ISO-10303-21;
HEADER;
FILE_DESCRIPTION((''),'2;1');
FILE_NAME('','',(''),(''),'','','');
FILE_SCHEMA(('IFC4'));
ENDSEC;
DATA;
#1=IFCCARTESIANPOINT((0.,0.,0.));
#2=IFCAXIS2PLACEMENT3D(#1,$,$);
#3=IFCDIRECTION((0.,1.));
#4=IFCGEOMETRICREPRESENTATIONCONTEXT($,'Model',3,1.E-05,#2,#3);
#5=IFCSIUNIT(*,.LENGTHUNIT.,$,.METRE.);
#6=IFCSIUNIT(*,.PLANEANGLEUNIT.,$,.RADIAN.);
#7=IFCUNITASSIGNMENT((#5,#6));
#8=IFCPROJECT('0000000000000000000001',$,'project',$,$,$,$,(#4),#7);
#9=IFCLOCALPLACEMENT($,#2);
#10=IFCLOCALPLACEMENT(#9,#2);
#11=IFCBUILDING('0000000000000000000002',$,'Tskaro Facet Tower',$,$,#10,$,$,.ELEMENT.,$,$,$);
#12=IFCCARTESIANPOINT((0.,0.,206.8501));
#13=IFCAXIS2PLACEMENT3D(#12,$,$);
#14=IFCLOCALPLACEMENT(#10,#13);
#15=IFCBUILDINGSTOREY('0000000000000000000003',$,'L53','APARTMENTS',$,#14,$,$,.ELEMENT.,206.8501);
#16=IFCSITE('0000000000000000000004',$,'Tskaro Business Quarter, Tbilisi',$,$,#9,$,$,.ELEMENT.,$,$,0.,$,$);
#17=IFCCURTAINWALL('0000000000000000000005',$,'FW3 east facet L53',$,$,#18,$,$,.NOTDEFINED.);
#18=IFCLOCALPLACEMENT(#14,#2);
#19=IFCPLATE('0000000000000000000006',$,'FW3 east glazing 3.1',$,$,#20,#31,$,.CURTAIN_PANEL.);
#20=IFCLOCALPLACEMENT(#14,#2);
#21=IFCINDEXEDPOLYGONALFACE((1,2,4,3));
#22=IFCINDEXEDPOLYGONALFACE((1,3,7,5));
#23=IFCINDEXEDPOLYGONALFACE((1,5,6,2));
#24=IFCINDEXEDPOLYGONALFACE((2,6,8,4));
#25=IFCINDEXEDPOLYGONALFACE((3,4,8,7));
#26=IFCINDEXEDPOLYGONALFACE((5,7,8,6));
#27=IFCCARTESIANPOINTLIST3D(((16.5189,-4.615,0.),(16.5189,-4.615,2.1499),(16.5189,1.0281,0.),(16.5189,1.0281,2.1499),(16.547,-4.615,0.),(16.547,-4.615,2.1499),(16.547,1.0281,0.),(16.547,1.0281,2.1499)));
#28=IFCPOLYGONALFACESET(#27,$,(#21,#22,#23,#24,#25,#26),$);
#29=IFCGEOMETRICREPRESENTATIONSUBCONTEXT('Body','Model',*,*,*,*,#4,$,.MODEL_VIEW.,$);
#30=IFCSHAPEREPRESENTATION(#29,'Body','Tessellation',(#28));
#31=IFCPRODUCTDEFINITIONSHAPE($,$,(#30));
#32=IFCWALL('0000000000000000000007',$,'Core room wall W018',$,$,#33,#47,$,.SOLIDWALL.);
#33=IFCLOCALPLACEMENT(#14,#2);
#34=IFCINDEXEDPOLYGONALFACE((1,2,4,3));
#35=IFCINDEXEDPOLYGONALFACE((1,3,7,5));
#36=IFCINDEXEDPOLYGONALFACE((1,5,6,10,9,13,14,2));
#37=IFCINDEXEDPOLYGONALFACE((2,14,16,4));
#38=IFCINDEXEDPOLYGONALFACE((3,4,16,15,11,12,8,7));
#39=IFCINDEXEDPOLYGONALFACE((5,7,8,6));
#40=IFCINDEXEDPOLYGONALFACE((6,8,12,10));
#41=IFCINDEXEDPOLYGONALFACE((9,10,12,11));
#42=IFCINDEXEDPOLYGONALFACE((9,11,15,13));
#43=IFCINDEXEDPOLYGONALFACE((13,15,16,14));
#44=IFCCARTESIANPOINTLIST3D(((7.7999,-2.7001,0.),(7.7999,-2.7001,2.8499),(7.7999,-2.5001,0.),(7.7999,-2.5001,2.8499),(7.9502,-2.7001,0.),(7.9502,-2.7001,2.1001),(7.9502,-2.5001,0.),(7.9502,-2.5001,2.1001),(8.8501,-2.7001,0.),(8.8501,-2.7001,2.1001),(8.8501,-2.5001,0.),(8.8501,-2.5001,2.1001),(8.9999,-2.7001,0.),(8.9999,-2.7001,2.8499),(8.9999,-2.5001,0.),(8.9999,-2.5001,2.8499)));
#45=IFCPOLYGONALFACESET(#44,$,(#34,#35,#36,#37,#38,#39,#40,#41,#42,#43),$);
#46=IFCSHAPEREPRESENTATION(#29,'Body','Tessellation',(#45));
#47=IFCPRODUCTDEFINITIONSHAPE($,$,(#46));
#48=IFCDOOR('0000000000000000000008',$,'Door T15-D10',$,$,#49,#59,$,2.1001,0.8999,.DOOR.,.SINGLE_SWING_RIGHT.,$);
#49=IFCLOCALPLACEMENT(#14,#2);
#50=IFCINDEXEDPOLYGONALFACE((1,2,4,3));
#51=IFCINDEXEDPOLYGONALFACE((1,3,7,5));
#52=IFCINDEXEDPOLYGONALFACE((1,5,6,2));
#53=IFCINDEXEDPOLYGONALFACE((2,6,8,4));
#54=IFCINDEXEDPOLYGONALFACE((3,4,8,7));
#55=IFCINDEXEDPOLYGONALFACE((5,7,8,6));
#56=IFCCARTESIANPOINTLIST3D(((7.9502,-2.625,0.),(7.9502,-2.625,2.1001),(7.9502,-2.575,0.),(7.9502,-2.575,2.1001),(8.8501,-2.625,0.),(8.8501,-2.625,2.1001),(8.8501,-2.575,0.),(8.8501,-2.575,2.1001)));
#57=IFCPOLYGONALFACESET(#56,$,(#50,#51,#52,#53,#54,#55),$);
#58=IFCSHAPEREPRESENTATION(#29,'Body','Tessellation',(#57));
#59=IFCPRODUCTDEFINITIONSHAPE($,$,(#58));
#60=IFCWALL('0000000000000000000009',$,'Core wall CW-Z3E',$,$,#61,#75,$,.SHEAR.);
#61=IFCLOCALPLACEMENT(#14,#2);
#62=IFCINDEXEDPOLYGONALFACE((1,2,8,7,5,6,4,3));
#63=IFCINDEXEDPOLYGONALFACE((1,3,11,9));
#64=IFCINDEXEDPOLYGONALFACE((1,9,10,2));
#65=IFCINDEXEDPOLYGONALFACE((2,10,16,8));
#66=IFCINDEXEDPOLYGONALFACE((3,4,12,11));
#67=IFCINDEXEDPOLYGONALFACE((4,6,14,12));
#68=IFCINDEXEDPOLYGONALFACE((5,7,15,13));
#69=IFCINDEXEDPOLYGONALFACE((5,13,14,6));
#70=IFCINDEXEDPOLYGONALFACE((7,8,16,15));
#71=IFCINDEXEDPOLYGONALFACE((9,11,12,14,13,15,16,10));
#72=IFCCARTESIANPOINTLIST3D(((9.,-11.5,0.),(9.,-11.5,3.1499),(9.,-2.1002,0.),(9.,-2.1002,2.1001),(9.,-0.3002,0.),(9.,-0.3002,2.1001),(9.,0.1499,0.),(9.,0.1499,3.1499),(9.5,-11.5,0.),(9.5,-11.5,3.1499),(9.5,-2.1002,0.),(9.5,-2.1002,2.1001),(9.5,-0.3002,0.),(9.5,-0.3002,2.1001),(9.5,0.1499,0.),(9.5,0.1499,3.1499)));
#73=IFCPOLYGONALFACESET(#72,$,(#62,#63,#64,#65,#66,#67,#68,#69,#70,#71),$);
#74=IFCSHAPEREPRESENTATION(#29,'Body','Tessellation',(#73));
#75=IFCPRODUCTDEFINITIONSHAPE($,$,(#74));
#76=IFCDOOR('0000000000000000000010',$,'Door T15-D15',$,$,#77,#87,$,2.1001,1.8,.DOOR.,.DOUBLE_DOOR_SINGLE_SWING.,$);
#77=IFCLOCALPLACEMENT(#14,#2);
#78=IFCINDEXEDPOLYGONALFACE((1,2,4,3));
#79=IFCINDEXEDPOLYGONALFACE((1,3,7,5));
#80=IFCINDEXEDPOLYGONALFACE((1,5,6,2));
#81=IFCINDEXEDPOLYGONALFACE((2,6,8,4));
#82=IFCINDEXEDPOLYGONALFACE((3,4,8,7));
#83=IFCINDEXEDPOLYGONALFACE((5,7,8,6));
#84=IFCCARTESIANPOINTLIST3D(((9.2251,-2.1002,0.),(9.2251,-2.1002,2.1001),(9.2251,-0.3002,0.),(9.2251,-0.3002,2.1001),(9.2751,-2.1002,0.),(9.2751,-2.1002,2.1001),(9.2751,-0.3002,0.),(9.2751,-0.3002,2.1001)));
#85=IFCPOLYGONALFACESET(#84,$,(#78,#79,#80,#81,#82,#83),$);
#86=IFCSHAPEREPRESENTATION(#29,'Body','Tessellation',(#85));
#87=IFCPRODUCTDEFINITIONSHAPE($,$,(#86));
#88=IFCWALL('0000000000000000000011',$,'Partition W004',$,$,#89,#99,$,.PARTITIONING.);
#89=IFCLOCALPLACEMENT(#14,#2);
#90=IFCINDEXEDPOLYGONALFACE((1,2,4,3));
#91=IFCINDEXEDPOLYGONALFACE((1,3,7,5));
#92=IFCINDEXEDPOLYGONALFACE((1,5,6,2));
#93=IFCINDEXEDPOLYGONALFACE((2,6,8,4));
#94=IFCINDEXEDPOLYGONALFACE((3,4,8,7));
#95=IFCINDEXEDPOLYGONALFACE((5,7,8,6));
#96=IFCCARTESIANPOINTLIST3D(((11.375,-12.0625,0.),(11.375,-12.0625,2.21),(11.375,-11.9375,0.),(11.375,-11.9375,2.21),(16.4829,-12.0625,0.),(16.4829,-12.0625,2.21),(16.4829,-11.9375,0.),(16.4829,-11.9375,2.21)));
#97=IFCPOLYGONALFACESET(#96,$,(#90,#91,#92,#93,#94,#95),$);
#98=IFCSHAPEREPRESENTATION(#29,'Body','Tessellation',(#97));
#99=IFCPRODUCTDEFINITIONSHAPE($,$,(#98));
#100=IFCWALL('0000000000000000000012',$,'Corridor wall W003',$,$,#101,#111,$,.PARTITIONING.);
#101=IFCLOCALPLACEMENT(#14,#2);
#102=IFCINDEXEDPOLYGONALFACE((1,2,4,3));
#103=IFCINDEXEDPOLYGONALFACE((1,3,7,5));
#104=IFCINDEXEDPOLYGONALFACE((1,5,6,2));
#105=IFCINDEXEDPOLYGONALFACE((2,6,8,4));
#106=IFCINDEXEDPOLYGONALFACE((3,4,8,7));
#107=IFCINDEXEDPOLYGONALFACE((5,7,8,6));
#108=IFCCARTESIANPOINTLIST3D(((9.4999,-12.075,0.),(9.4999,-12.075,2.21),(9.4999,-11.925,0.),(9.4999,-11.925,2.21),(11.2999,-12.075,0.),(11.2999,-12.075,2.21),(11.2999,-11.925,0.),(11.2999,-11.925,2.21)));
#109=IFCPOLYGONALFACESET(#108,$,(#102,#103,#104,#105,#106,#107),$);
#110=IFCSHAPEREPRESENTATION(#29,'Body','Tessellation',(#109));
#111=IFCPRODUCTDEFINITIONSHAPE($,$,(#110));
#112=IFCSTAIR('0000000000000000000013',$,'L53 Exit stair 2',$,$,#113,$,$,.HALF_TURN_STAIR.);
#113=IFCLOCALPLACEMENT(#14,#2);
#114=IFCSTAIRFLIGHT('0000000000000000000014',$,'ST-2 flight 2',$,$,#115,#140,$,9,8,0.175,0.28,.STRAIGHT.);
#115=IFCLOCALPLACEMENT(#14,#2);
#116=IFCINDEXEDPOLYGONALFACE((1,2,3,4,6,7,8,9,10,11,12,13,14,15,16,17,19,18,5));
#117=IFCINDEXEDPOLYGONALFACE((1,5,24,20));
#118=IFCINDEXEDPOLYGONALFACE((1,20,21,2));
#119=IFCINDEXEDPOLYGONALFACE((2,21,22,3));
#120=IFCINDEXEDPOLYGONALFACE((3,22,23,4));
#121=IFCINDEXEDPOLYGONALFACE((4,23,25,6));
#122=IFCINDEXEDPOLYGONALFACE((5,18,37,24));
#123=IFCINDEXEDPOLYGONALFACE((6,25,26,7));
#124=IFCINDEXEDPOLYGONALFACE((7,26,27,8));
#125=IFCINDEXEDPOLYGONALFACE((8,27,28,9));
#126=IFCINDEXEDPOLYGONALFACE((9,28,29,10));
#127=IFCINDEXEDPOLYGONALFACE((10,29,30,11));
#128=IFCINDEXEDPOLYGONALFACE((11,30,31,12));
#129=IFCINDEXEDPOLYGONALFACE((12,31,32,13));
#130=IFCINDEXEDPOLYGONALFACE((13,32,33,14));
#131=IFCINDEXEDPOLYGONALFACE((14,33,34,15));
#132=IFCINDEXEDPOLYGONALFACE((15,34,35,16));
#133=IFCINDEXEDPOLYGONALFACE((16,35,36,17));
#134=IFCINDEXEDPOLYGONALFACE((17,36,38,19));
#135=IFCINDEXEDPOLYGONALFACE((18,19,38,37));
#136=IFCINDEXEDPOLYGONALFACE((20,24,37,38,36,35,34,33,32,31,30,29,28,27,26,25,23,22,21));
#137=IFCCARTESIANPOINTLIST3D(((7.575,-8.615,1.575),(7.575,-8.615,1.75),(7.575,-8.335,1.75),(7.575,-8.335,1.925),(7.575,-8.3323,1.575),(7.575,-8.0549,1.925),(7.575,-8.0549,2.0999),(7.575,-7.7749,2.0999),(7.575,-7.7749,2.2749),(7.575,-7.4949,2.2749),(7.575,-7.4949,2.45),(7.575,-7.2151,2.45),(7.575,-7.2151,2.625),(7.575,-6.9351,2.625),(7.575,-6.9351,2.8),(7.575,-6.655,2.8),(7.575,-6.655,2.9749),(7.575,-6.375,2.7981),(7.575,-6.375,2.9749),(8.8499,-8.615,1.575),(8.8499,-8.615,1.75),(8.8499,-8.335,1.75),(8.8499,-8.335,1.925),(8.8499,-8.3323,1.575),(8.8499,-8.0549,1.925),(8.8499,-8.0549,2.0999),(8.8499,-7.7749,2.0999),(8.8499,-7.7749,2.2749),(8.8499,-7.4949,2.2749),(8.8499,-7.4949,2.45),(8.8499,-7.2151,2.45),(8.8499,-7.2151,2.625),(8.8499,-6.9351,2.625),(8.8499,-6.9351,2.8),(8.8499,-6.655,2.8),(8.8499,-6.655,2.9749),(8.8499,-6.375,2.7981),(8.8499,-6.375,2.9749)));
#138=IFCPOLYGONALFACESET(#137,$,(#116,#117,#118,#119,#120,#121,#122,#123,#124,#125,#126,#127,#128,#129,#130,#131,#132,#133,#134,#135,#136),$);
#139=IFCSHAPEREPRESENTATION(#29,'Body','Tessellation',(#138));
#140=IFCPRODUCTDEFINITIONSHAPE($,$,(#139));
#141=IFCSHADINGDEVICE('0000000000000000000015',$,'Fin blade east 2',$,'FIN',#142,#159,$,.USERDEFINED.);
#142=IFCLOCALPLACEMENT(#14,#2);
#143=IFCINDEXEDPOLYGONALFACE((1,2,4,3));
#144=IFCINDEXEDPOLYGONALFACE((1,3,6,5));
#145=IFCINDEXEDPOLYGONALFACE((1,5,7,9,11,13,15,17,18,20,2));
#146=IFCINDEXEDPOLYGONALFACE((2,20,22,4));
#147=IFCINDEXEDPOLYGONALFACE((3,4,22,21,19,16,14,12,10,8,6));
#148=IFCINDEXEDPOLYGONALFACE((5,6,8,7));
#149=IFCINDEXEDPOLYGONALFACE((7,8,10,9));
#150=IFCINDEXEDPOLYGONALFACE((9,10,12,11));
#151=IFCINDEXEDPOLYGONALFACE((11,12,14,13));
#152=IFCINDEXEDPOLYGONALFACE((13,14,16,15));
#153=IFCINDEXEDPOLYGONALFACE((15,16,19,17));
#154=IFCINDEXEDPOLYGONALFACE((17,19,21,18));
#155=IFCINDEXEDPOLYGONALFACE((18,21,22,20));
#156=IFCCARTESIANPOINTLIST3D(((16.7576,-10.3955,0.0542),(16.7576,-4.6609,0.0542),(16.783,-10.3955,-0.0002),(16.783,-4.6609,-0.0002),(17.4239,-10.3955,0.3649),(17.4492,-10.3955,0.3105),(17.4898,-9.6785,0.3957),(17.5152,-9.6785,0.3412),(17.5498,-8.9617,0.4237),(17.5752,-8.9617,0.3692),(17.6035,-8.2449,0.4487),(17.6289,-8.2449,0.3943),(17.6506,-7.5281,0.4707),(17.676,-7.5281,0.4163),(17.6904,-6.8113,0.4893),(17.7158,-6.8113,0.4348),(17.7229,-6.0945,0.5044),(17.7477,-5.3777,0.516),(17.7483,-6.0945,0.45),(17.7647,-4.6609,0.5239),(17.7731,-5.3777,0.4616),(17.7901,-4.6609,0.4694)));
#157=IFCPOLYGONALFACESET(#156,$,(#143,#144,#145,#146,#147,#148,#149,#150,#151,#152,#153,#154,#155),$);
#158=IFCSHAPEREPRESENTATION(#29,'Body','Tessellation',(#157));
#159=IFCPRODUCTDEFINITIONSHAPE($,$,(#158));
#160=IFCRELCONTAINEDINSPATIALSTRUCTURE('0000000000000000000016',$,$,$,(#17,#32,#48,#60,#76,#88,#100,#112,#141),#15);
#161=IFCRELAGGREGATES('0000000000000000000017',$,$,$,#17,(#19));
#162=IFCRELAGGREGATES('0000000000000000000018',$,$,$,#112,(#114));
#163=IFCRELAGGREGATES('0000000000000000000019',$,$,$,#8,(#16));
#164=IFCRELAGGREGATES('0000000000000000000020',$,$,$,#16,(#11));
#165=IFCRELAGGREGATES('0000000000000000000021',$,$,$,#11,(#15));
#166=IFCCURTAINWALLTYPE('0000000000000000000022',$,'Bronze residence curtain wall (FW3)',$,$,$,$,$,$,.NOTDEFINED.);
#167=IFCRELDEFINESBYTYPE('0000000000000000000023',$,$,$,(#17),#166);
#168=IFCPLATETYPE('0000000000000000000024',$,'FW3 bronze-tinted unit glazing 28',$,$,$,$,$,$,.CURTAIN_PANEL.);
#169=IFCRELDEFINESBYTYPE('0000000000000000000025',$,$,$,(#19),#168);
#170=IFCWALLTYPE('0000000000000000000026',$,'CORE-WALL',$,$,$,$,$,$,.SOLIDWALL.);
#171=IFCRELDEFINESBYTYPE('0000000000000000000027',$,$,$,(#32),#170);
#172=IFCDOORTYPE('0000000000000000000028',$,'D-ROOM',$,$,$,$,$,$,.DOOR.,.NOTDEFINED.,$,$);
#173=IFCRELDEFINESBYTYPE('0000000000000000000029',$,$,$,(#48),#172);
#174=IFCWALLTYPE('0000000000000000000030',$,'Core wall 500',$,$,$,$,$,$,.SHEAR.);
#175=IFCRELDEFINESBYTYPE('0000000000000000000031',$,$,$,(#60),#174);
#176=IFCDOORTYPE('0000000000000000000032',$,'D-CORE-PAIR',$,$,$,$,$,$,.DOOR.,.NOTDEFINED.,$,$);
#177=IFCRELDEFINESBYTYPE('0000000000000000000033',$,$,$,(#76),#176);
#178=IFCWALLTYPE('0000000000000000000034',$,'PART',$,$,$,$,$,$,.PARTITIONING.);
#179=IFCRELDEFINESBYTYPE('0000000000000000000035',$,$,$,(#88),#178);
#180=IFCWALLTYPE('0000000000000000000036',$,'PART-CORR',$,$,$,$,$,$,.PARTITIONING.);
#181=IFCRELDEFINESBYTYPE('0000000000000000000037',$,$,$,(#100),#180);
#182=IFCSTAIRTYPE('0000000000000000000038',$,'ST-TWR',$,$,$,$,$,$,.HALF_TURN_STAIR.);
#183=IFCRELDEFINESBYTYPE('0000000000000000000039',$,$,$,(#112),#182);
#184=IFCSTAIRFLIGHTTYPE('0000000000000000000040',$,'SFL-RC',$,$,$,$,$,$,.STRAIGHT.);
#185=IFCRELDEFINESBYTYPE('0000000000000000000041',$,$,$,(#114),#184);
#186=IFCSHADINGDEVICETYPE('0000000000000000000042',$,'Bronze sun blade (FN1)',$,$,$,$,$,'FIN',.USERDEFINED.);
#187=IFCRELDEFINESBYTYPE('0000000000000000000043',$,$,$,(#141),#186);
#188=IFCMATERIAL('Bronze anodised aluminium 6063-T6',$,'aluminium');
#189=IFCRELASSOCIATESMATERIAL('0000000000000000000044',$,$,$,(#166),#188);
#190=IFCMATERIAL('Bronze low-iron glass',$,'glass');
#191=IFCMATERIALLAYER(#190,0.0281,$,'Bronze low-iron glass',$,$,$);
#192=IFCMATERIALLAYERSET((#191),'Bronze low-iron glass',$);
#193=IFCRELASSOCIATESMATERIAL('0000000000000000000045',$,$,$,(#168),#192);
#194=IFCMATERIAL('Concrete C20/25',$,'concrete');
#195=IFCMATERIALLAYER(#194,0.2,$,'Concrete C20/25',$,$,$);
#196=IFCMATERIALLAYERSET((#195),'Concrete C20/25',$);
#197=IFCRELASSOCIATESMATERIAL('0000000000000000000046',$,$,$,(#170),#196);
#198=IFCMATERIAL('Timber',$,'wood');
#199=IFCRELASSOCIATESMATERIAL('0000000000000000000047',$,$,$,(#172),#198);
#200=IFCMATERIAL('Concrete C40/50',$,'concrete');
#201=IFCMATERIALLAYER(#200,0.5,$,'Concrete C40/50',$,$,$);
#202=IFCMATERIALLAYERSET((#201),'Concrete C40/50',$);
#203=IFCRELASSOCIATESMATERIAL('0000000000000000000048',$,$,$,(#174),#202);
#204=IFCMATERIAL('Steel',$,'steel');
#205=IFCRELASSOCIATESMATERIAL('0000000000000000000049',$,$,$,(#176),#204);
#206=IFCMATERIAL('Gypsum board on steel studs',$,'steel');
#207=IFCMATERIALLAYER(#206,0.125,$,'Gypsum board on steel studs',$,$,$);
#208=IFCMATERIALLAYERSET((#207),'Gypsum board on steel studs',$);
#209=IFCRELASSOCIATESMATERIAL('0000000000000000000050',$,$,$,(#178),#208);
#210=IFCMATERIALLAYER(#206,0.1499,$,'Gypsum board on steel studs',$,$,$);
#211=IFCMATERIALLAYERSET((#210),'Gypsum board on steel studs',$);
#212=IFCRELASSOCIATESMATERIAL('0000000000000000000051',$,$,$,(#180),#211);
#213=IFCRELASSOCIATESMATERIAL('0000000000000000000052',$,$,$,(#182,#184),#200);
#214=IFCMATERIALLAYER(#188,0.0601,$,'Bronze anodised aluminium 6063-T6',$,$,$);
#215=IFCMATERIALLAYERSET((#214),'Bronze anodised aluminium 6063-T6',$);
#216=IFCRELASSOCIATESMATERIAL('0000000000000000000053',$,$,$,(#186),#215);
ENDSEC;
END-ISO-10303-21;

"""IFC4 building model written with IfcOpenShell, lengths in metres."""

from ifc_helpers import new_model, si_unit, direction, frame, frame_2d, origin, origin_2d, place, context, subcontext, project, spatial, polyline, rectangle, outline, extrude, material, layer, layer_set, type_object, element, fill, aggregate, save


model = new_model("IFC4")

# Units and contexts
model_context = context("Model", 3, precision=1e-05, world=origin(), true_north=direction((0.0, 1.0)))
body_context = subcontext(model_context, "Body", "Model", "MODEL_VIEW")
ifc_project = project(units=[si_unit("LENGTHUNIT", "METRE"), si_unit("PLANEANGLEUNIT", "RADIAN")], contexts=[model_context])

# Site, building, storey
site_placement = place(None, origin())
site = spatial("IfcSite", under=ifc_project, at=site_placement, Name="Tskaro Business Quarter, Tbilisi", CompositionType="ELEMENT", RefElevation=0.0)
building_placement = place(site_placement, origin())
building = spatial("IfcBuilding", under=site, at=building_placement, Name="Tskaro Facet Tower", CompositionType="ELEMENT")
storey_placement = place(building_placement, frame((0.0, 0.0, 206.8501)))
storey = spatial("IfcBuildingStorey", under=building, at=storey_placement, Name="L53", Description="APARTMENTS", CompositionType="ELEMENT", Elevation=206.8501)

# Curtain wall
ifc_material_1 = material(Name="Bronze anodised aluminium 6063-T6", Category="aluminium")
curtain_wall_type = type_object("IfcCurtainWallType", Name="Bronze residence curtain wall (FW3)", PredefinedType="NOTDEFINED", material=ifc_material_1)
curtain_wall_placement = place(storey_placement, origin())
curtain_wall = element("IfcCurtainWall", 1, at=curtain_wall_placement, inside=storey, type_object=curtain_wall_type, Name="FW3 east facet L53", PredefinedType="NOTDEFINED")

# Plate
ifc_material_2 = material(Name="Bronze low-iron glass", Category="glass")
ifc_layer_1 = layer(ifc_material_2, 0.0281, Name="Bronze low-iron glass")
ifc_layer_set_1 = layer_set([ifc_layer_1], Name="Bronze low-iron glass")
plate_type = type_object("IfcPlateType", Name="FW3 bronze-tinted unit glazing 28", PredefinedType="CURTAIN_PANEL", material=ifc_layer_set_1)
plate_1_placement = place(storey_placement, frame((16.533, -1.7935, 0.0), z_axis=(0.0, 0.0, 1.0), x_axis=(0.0, 1.0, 0.0)))
plate_1 = element("IfcPlate", 2, at=plate_1_placement, type_object=plate_type, Name="FW3 east glazing 3.1", PredefinedType="CURTAIN_PANEL", context=body_context, shape_type="SweptSolid", body=[
    extrude(rectangle(XDim=5.6431, YDim=0.0281, at=origin_2d()), origin(), (0.0, 0.0, 1.0), 2.1499),
])
aggregate(curtain_wall, [plate_1])

# Walls, openings, doors
ifc_material_3 = material(Name="Concrete C20/25", Category="concrete")
ifc_layer_2 = layer(ifc_material_3, 0.2, Name="Concrete C20/25")
ifc_layer_set_2 = layer_set([ifc_layer_2], Name="Concrete C20/25")
wall_type_1 = type_object("IfcWallType", Name="CORE-WALL", PredefinedType="SOLIDWALL", material=ifc_layer_set_2)
wall_1_placement = place(storey_placement, frame((9.0, -2.6001, 0.0), z_axis=(0.0, 0.0, 1.0), x_axis=(-1.0, 0.0, 0.0)))
wall_1 = element("IfcWall", 3, at=wall_1_placement, inside=storey, type_object=wall_type_1, Name="Core room wall W018", PredefinedType="SOLIDWALL", context=body_context, shape_type="SweptSolid", body=[
    extrude(rectangle(XDim=1.2, YDim=0.2, at=frame_2d((0.6001, 0.0))), origin(), (0.0, 0.0, 1.0), 2.8499),
])
opening_1_placement = place(wall_1_placement, frame((0.1499, 0.0, 0.0)))
opening_1 = element("IfcOpeningElement", 4, at=opening_1_placement, cuts=wall_1, PredefinedType="OPENING", context=body_context, shape_type="SweptSolid", body=[
    extrude(rectangle(XDim=0.8999, YDim=2.1001, at=frame_2d((0.45, 1.05))), frame((0.0, 0.1099, 0.0), z_axis=(0.0, -1.0, 0.0), x_axis=(1.0, 0.0, 0.0)), (0.0, 0.0, 1.0), 0.22),
])
ifc_material_4 = material(Name="Timber", Category="wood")
door_type_1 = type_object("IfcDoorType", Name="D-ROOM", OperationType="NOTDEFINED", PredefinedType="DOOR", material=ifc_material_4)
door_1_placement = place(opening_1_placement, origin())
door_1 = element("IfcDoor", 5, at=door_1_placement, inside=storey, type_object=door_type_1, Name="Door T15-D10", OperationType="SINGLE_SWING_RIGHT", OverallHeight=2.1001, OverallWidth=0.8999, PredefinedType="DOOR", context=body_context, shape_type="SweptSolid", body=[
    extrude(rectangle(XDim=0.8999, YDim=2.1001, at=frame_2d((0.45, 1.05))), frame((0.0, 0.0249, 0.0), z_axis=(0.0, -1.0, 0.0), x_axis=(1.0, 0.0, 0.0)), (0.0, 0.0, 1.0), 0.05),
])
fill(opening_1, door_1)
ifc_material_5 = material(Name="Concrete C40/50", Category="concrete")
ifc_layer_3 = layer(ifc_material_5, 0.5, Name="Concrete C40/50")
ifc_layer_set_3 = layer_set([ifc_layer_3], Name="Concrete C40/50")
wall_type_2 = type_object("IfcWallType", Name="Core wall 500", PredefinedType="SHEAR", material=ifc_layer_set_3)
wall_2_placement = place(storey_placement, frame((9.25, -11.5, 0.0), z_axis=(0.0, 0.0, 1.0), x_axis=(0.0, 1.0, 0.0)))
wall_2 = element("IfcWall", 6, at=wall_2_placement, inside=storey, type_object=wall_type_2, Name="Core wall CW-Z3E", PredefinedType="SHEAR", context=body_context, shape_type="SweptSolid", body=[
    extrude(rectangle(XDim=11.6499, YDim=0.5, at=frame_2d((5.825, 0.0))), origin(), (0.0, 0.0, 1.0), 3.1499),
])
opening_2_placement = place(wall_2_placement, frame((9.3999, 0.0, 0.0)))
opening_2 = element("IfcOpeningElement", 7, at=opening_2_placement, cuts=wall_2, PredefinedType="OPENING", context=body_context, shape_type="SweptSolid", body=[
    extrude(rectangle(XDim=1.8, YDim=2.1001, at=frame_2d((0.8999, 1.05))), frame((0.0, 0.26, 0.0), z_axis=(0.0, -1.0, 0.0), x_axis=(1.0, 0.0, 0.0)), (0.0, 0.0, 1.0), 0.52),
])
ifc_material_6 = material(Name="Steel", Category="steel")
door_type_2 = type_object("IfcDoorType", Name="D-CORE-PAIR", OperationType="NOTDEFINED", PredefinedType="DOOR", material=ifc_material_6)
door_2_placement = place(opening_2_placement, origin())
door_2 = element("IfcDoor", 8, at=door_2_placement, inside=storey, type_object=door_type_2, Name="Door T15-D15", OperationType="DOUBLE_DOOR_SINGLE_SWING", OverallHeight=2.1001, OverallWidth=1.8, PredefinedType="DOOR", context=body_context, shape_type="SweptSolid", body=[
    extrude(rectangle(XDim=1.8, YDim=2.1001, at=frame_2d((0.8999, 1.05))), frame((0.0, 0.0249, 0.0), z_axis=(0.0, -1.0, 0.0), x_axis=(1.0, 0.0, 0.0)), (0.0, 0.0, 1.0), 0.05),
])
fill(opening_2, door_2)

# Walls
ifc_material_7 = material(Name="Gypsum board on steel studs", Category="steel")
ifc_layer_4 = layer(ifc_material_7, 0.125, Name="Gypsum board on steel studs")
ifc_layer_set_4 = layer_set([ifc_layer_4], Name="Gypsum board on steel studs")
wall_type_3 = type_object("IfcWallType", Name="PART", PredefinedType="PARTITIONING", material=ifc_layer_set_4)
wall_3_placement = place(storey_placement, frame((11.375, -12.0, 0.0), z_axis=(0.0, 0.0, 1.0), x_axis=(1.0, 0.0, 0.0)))
element("IfcWall", 9, at=wall_3_placement, inside=storey, type_object=wall_type_3, Name="Partition W004", PredefinedType="PARTITIONING", context=body_context, shape_type="SweptSolid", body=[
    extrude(rectangle(XDim=5.1079, YDim=0.125, at=frame_2d((2.554, 0.0))), origin(), (0.0, 0.0, 1.0), 2.21),
])
ifc_layer_5 = layer(ifc_material_7, 0.1499, Name="Gypsum board on steel studs")
ifc_layer_set_5 = layer_set([ifc_layer_5], Name="Gypsum board on steel studs")
wall_type_4 = type_object("IfcWallType", Name="PART-CORR", PredefinedType="PARTITIONING", material=ifc_layer_set_5)
wall_4_placement = place(storey_placement, frame((9.5, -12.0, 0.0), z_axis=(0.0, 0.0, 1.0), x_axis=(1.0, 0.0, 0.0)))
element("IfcWall", 10, at=wall_4_placement, inside=storey, type_object=wall_type_4, Name="Corridor wall W003", PredefinedType="PARTITIONING", context=body_context, shape_type="SweptSolid", body=[
    extrude(rectangle(XDim=1.8, YDim=0.1499, at=frame_2d((0.8999, 0.0))), origin(), (0.0, 0.0, 1.0), 2.21),
])

# Stair, stair flight
stair_type = type_object("IfcStairType", Name="ST-TWR", PredefinedType="HALF_TURN_STAIR", material=ifc_material_5)
stair_placement = place(storey_placement, origin())
stair = element("IfcStair", 11, at=stair_placement, inside=storey, type_object=stair_type, Name="L53 Exit stair 2", PredefinedType="HALF_TURN_STAIR")
stair_flight_type = type_object("IfcStairFlightType", Name="SFL-RC", PredefinedType="STRAIGHT", material=ifc_material_5)
stair_flight_placement = place(storey_placement, frame((8.2124, -8.615, 1.575), z_axis=(0.0, 0.0, 1.0), x_axis=(0.0, 1.0, 0.0)))
stair_flight = element("IfcStairFlight", 12, at=stair_flight_placement, type_object=stair_flight_type, Name="ST-2 flight 2", NumberOfRisers=9, NumberOfTreads=8, PredefinedType="STRAIGHT", RiserHeight=0.175, TreadLength=0.28, context=body_context, shape_type="SweptSolid", body=[
    extrude(outline(polyline([(0.0, 0.0), (0.0, 0.175), (0.28, 0.175), (0.28, 0.3501), (0.5601, 0.3501), (0.5601, 0.5249), (0.8401, 0.5249), (0.8401, 0.7), (1.1201, 0.7), (1.1201, 0.875), (1.3999, 0.875), (1.3999, 1.05), (1.6799, 1.05), (1.6799, 1.2251), (1.96, 1.2251), (1.96, 1.3999), (2.24, 1.3999), (2.24, 1.575), (2.24, 1.2231), (0.2827, 0.0), (0.0, 0.0)])), frame((0.0, 0.6375, 0.0), z_axis=(0.0, -1.0, 0.0), x_axis=(1.0, 0.0, 0.0)), (0.0, 0.0, 1.0), 1.2749),
])
aggregate(stair, [stair_flight])

# Shading device
ifc_layer_6 = layer(ifc_material_1, 0.0601, Name="Bronze anodised aluminium 6063-T6")
ifc_layer_set_6 = layer_set([ifc_layer_6], Name="Bronze anodised aluminium 6063-T6")
shading_device_type = type_object("IfcShadingDeviceType", Name="Bronze sun blade (FN1)", ElementType="FIN", PredefinedType="USERDEFINED", material=ifc_layer_set_6)
shading_device_1_placement = place(storey_placement, frame((16.7576, -10.3955, 0.0542), z_axis=(-0.422656, -0.000001, 0.90629), x_axis=(0.0, 1.0, 0.000001)))
element("IfcShadingDevice", 13, at=shading_device_1_placement, inside=storey, type_object=shading_device_type, Name="Fin blade east 2", ObjectType="FIN", PredefinedType="USERDEFINED", context=body_context, shape_type="SweptSolid", body=[
    extrude(outline(polyline([(0.0, 0.0), (5.7346, 0.0), (5.7346, -1.1112), (5.0178, -1.0926), (4.301, -1.0651), (3.5842, -1.0293), (2.8674, -0.9854), (2.1506, -0.9334), (1.4338, -0.8741), (0.717, -0.8079), (0.0, -0.7352), (0.0, 0.0)])), origin(), (0.0, 0.0, -1.0), 0.0601),
])

save(model, "model.ifc")
